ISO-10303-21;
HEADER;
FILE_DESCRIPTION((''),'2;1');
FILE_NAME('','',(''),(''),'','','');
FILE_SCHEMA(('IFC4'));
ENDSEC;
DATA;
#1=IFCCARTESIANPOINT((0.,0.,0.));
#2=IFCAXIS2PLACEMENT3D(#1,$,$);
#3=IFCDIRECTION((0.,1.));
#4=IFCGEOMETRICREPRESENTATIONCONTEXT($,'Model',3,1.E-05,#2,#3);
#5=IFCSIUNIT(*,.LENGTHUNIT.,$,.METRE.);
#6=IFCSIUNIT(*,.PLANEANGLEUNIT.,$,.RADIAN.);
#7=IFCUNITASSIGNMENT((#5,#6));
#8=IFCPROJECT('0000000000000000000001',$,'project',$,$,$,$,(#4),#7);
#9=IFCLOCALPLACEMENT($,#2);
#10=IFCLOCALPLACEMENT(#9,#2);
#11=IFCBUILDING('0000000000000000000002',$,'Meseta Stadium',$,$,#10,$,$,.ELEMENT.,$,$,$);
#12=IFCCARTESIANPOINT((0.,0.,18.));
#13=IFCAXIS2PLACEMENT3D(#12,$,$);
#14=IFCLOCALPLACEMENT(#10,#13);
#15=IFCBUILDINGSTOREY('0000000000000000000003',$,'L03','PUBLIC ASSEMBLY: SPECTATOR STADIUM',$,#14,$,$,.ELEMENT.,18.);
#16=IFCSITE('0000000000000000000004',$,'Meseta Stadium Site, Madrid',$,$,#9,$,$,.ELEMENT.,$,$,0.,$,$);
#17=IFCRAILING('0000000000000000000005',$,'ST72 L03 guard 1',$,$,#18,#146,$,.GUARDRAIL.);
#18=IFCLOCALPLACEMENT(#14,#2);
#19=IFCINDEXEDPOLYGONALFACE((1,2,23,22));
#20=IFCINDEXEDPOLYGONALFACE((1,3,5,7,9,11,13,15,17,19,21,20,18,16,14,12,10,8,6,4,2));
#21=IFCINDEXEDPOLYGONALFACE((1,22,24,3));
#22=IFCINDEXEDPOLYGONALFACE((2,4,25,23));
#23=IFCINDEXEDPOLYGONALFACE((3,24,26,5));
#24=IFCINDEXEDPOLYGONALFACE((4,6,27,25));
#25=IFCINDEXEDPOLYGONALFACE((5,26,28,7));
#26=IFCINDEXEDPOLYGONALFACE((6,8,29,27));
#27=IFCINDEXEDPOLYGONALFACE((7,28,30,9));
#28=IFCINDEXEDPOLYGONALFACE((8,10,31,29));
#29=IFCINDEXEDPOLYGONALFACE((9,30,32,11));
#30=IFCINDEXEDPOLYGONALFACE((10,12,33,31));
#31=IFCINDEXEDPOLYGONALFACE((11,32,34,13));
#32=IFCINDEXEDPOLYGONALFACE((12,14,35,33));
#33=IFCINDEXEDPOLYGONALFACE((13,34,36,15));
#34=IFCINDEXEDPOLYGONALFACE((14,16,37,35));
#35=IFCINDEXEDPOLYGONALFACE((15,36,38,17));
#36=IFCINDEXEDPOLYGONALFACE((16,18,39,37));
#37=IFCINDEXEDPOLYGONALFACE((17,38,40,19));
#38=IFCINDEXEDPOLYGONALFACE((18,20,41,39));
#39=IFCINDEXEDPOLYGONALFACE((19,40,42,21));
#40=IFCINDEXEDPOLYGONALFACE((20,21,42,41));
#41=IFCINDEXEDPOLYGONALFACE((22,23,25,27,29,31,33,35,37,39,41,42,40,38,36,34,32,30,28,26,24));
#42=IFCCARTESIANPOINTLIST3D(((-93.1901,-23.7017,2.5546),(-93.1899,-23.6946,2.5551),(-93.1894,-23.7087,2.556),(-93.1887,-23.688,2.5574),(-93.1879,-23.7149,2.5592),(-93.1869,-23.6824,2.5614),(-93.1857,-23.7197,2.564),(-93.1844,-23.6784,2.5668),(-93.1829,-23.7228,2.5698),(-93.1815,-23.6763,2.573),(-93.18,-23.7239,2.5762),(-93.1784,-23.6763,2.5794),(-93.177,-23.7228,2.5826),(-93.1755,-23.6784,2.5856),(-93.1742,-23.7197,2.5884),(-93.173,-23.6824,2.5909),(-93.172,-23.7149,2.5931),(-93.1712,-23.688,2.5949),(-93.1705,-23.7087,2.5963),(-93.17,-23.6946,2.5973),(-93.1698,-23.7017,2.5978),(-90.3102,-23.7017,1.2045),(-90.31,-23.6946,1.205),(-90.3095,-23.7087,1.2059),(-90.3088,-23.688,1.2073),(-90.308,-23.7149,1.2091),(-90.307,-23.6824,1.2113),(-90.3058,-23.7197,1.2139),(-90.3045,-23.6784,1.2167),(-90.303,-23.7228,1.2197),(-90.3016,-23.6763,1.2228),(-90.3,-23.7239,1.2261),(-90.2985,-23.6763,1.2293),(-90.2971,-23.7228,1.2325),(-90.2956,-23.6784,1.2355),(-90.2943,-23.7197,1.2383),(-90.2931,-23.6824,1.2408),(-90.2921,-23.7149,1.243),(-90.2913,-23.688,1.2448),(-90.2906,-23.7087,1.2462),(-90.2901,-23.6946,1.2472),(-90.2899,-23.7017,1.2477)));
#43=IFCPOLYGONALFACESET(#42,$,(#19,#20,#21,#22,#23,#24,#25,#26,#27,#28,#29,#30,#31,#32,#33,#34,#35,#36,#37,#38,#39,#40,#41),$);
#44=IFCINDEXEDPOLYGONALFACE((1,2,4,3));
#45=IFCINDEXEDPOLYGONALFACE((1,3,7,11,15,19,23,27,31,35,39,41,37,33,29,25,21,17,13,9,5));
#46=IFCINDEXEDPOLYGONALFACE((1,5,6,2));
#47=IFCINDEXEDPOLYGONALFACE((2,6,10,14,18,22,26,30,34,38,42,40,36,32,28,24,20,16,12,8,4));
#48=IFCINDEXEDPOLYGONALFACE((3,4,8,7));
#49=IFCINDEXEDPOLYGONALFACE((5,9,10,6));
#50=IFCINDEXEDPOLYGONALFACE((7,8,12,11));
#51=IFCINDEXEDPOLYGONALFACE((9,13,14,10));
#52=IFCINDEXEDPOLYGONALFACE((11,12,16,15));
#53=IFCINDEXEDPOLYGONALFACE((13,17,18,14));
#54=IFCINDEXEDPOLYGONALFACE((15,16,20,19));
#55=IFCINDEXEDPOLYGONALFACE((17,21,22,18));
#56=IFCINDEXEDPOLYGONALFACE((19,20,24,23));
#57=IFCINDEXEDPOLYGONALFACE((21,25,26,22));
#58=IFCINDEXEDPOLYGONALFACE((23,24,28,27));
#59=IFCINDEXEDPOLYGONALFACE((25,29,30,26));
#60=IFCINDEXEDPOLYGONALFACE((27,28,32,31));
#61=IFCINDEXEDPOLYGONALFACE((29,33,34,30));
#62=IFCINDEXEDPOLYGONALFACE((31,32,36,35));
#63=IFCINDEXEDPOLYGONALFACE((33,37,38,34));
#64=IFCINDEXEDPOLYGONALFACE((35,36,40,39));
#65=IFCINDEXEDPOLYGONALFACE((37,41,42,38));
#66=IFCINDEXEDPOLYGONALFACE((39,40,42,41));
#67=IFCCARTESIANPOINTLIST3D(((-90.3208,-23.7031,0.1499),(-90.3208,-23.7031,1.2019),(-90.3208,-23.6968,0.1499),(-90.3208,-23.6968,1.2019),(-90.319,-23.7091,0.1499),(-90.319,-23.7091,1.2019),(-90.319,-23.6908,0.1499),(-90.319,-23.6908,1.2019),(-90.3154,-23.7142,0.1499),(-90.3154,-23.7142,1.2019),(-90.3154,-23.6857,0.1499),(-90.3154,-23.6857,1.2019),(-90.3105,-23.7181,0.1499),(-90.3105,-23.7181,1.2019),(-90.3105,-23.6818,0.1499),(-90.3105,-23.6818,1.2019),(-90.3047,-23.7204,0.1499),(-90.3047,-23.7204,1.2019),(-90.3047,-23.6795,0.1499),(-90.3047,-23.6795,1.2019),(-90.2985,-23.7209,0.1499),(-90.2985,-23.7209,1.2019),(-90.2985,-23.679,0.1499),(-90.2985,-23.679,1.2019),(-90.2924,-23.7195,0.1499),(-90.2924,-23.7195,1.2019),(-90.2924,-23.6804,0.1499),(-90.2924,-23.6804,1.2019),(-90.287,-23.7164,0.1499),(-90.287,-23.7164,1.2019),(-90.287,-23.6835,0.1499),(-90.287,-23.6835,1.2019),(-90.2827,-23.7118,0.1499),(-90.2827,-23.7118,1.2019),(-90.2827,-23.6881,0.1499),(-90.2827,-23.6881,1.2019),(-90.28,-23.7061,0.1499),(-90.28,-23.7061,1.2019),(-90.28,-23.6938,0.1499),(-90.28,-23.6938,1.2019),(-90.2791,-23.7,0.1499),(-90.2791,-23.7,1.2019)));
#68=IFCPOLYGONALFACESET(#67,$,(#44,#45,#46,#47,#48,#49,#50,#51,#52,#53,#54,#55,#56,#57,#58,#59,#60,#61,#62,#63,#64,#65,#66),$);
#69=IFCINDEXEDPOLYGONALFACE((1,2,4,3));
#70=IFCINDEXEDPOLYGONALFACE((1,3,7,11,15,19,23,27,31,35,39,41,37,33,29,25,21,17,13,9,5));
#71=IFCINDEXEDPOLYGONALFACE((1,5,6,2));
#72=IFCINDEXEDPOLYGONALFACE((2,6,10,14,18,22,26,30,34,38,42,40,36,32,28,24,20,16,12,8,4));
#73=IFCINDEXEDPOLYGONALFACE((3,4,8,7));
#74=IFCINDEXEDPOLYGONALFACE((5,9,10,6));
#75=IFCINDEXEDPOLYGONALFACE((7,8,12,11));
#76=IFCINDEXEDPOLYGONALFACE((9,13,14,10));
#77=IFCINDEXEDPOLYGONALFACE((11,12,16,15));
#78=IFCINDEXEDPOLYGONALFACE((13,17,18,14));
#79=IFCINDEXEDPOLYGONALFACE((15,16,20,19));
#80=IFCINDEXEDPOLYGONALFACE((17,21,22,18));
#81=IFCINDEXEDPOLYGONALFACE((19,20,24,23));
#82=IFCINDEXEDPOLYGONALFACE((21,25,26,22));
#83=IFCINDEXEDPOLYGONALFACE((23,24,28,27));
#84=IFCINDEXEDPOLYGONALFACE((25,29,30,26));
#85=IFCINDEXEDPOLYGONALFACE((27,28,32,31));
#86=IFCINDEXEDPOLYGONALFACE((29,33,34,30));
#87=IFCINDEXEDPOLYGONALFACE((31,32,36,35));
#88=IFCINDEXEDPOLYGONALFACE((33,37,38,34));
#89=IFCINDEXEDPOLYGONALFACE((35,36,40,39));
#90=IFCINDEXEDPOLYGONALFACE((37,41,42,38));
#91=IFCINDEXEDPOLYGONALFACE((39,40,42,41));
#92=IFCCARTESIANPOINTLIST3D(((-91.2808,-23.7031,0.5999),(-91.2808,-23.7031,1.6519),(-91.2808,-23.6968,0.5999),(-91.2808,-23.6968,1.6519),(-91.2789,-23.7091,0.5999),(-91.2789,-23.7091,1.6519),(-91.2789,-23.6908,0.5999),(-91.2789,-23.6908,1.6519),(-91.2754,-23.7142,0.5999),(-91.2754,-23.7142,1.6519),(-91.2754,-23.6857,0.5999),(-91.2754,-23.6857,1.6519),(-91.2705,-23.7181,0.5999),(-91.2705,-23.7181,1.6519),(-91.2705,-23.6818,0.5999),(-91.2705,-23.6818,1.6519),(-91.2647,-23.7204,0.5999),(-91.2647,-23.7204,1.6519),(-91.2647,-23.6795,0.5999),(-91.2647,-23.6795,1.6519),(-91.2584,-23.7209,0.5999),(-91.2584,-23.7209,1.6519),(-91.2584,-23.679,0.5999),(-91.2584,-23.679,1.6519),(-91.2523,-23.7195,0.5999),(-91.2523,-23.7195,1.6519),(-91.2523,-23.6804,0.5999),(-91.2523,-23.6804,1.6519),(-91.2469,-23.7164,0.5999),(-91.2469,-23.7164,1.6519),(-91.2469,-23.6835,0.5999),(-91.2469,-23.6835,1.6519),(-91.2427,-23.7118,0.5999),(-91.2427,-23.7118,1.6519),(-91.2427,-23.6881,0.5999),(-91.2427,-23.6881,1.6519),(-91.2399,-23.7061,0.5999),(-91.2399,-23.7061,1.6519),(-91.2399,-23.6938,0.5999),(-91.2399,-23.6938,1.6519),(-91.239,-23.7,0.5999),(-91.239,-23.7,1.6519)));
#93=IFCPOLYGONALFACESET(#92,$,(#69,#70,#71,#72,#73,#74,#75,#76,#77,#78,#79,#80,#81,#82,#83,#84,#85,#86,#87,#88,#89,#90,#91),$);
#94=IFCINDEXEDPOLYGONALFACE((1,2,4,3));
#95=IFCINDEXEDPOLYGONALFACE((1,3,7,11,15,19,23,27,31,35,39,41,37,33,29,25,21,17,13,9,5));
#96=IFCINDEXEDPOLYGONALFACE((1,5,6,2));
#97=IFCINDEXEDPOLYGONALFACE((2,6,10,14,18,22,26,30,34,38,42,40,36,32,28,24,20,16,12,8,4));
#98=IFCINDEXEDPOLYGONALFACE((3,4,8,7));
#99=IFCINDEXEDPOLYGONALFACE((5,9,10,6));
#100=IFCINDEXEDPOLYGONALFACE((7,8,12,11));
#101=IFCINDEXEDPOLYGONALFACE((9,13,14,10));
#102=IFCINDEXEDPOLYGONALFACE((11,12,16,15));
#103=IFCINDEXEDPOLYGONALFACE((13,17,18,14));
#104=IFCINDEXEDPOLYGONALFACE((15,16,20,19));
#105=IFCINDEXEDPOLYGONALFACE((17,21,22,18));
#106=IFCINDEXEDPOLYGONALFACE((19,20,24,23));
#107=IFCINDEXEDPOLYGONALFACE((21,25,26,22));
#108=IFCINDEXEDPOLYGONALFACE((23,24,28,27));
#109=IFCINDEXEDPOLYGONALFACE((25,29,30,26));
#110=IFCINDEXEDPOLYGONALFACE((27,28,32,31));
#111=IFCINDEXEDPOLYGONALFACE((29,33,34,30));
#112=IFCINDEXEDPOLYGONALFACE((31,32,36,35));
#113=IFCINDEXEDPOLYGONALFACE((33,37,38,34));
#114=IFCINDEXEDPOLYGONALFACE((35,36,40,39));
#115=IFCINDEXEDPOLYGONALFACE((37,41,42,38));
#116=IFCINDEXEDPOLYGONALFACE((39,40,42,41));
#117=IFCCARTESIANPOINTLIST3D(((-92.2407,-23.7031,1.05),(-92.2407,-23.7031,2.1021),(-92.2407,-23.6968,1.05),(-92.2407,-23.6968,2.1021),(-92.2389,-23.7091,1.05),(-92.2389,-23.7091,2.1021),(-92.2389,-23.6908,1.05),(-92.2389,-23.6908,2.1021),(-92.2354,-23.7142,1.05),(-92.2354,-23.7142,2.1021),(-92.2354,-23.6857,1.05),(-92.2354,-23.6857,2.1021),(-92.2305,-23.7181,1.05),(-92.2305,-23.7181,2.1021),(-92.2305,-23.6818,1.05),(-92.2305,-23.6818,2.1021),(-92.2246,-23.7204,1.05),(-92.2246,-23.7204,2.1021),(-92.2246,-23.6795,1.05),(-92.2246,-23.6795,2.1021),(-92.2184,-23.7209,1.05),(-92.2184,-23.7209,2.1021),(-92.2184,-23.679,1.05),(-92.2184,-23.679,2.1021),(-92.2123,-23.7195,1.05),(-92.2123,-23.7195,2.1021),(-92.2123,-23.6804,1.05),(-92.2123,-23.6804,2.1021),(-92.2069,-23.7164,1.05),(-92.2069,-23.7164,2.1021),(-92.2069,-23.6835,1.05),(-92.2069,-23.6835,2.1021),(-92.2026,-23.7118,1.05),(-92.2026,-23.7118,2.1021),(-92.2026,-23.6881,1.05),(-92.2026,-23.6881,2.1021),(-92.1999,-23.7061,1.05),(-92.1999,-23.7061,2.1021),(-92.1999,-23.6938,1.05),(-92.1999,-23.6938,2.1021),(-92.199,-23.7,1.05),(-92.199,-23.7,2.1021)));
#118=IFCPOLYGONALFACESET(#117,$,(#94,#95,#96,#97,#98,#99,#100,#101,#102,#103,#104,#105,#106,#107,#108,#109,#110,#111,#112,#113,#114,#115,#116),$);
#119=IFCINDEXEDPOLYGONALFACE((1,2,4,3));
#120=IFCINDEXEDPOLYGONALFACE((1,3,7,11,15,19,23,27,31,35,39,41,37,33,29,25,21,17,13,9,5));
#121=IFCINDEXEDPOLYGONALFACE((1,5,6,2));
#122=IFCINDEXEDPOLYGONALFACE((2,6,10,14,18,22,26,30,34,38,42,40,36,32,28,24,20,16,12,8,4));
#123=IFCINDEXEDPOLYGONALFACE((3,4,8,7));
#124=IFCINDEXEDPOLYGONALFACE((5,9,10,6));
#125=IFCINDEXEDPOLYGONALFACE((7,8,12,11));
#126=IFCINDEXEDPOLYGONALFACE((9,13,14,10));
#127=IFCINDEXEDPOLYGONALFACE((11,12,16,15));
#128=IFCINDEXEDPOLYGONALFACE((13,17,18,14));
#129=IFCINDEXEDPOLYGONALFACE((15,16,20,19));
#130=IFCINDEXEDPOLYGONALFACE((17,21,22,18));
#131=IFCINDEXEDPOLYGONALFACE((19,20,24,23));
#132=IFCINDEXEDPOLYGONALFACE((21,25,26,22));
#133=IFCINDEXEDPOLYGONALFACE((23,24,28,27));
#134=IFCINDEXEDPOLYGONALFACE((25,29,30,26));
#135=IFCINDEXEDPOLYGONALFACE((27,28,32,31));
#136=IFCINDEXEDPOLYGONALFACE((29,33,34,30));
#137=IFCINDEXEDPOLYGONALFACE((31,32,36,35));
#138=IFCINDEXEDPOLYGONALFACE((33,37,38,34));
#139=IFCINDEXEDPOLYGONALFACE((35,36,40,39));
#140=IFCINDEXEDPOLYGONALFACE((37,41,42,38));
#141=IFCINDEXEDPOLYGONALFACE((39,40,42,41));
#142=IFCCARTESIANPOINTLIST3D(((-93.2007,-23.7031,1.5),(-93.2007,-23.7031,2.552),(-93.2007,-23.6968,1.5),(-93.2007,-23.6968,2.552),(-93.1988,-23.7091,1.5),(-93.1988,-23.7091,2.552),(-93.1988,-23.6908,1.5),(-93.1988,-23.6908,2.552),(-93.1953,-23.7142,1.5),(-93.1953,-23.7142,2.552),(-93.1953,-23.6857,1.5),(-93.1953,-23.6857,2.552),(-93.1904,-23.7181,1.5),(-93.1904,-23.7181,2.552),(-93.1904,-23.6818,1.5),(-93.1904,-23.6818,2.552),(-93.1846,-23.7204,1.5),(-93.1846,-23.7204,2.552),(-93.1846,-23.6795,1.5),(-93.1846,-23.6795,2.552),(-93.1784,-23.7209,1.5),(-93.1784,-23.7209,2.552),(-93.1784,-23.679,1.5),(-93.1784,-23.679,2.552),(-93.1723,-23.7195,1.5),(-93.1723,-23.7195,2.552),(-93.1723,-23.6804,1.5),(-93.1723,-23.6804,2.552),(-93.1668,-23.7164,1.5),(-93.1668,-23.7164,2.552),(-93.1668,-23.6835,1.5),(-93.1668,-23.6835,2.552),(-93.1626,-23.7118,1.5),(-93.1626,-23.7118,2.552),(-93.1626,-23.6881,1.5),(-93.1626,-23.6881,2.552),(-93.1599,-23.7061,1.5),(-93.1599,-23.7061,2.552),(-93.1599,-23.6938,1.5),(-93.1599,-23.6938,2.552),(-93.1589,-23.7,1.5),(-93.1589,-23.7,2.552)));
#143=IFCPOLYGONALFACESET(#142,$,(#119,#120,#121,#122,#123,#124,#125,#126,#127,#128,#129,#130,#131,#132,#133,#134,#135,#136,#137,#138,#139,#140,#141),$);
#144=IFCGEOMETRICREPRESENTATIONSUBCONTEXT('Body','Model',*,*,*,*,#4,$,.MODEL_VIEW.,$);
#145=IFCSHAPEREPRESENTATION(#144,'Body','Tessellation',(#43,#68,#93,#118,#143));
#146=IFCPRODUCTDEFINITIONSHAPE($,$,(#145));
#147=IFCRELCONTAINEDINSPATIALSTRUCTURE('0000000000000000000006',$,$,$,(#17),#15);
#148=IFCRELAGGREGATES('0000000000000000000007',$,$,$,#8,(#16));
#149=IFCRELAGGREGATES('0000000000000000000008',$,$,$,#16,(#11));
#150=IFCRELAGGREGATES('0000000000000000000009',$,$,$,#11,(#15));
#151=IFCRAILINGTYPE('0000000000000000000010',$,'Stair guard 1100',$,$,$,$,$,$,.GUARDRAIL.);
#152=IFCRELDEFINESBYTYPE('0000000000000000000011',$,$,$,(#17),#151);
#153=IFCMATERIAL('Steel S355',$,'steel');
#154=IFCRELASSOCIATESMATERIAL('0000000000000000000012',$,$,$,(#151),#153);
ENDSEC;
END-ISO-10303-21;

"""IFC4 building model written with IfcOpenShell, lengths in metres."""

from ifc_helpers import new_model, si_unit, direction, frame, origin, origin_2d, place, context, subcontext, project, spatial, circle, extrude, material, type_object, element, save


model = new_model("IFC4")

# Units and contexts
model_context = context("Model", 3, precision=1e-05, world=origin(), true_north=direction((0.0, 1.0)))
body_context = subcontext(model_context, "Body", "Model", "MODEL_VIEW")
ifc_project = project(units=[si_unit("LENGTHUNIT", "METRE"), si_unit("PLANEANGLEUNIT", "RADIAN")], contexts=[model_context])

# Site, building, storey
site_placement = place(None, origin())
site = spatial("IfcSite", under=ifc_project, at=site_placement, Name="Meseta Stadium Site, Madrid", CompositionType="ELEMENT", RefElevation=0.0)
building_placement = place(site_placement, origin())
building = spatial("IfcBuilding", under=site, at=building_placement, Name="Meseta Stadium", CompositionType="ELEMENT")
storey_placement = place(building_placement, frame((0.0, 0.0, 18.0)))
storey = spatial("IfcBuildingStorey", under=building, at=storey_placement, Name="L03", Description="PUBLIC ASSEMBLY: SPECTATOR STADIUM", CompositionType="ELEMENT", Elevation=18.0)

# Railing
ifc_material_1 = material(Name="Steel S355", Category="steel")
railing_type_1 = type_object("IfcRailingType", Name="Stair guard 1100", PredefinedType="GUARDRAIL", material=ifc_material_1)
railing_1_placement = place(storey_placement, frame((-90.3, -23.7, 0.1499)))
element("IfcRailing", 1, at=railing_1_placement, inside=storey, type_object=railing_type_1, Name="ST72 L03 guard 1", PredefinedType="GUARDRAIL", context=body_context, shape_type="SweptSolid", body=[
    extrude(circle(Radius=0.0239, at=origin_2d()), frame((0.0, 0.0, 1.0762), z_axis=(-0.90544, 0.0, 0.424473), x_axis=(0.0, -1.0, 0.0)), (0.0, 0.0, 1.0), 3.1807),
    extrude(circle(Radius=0.021, at=origin_2d()), origin(), (0.0, 0.0, 1.0), 1.052),
    extrude(circle(Radius=0.021, at=origin_2d()), frame((-0.96, 0.0, 0.45)), (0.0, 0.0, 1.0), 1.052),
    extrude(circle(Radius=0.021, at=origin_2d()), frame((-1.9199, 0.0, 0.9001)), (0.0, 0.0, 1.0), 1.052),
    extrude(circle(Radius=0.021, at=origin_2d()), frame((-2.8799, 0.0, 1.3501)), (0.0, 0.0, 1.0), 1.052),
])

save(model, "model.ifc")
